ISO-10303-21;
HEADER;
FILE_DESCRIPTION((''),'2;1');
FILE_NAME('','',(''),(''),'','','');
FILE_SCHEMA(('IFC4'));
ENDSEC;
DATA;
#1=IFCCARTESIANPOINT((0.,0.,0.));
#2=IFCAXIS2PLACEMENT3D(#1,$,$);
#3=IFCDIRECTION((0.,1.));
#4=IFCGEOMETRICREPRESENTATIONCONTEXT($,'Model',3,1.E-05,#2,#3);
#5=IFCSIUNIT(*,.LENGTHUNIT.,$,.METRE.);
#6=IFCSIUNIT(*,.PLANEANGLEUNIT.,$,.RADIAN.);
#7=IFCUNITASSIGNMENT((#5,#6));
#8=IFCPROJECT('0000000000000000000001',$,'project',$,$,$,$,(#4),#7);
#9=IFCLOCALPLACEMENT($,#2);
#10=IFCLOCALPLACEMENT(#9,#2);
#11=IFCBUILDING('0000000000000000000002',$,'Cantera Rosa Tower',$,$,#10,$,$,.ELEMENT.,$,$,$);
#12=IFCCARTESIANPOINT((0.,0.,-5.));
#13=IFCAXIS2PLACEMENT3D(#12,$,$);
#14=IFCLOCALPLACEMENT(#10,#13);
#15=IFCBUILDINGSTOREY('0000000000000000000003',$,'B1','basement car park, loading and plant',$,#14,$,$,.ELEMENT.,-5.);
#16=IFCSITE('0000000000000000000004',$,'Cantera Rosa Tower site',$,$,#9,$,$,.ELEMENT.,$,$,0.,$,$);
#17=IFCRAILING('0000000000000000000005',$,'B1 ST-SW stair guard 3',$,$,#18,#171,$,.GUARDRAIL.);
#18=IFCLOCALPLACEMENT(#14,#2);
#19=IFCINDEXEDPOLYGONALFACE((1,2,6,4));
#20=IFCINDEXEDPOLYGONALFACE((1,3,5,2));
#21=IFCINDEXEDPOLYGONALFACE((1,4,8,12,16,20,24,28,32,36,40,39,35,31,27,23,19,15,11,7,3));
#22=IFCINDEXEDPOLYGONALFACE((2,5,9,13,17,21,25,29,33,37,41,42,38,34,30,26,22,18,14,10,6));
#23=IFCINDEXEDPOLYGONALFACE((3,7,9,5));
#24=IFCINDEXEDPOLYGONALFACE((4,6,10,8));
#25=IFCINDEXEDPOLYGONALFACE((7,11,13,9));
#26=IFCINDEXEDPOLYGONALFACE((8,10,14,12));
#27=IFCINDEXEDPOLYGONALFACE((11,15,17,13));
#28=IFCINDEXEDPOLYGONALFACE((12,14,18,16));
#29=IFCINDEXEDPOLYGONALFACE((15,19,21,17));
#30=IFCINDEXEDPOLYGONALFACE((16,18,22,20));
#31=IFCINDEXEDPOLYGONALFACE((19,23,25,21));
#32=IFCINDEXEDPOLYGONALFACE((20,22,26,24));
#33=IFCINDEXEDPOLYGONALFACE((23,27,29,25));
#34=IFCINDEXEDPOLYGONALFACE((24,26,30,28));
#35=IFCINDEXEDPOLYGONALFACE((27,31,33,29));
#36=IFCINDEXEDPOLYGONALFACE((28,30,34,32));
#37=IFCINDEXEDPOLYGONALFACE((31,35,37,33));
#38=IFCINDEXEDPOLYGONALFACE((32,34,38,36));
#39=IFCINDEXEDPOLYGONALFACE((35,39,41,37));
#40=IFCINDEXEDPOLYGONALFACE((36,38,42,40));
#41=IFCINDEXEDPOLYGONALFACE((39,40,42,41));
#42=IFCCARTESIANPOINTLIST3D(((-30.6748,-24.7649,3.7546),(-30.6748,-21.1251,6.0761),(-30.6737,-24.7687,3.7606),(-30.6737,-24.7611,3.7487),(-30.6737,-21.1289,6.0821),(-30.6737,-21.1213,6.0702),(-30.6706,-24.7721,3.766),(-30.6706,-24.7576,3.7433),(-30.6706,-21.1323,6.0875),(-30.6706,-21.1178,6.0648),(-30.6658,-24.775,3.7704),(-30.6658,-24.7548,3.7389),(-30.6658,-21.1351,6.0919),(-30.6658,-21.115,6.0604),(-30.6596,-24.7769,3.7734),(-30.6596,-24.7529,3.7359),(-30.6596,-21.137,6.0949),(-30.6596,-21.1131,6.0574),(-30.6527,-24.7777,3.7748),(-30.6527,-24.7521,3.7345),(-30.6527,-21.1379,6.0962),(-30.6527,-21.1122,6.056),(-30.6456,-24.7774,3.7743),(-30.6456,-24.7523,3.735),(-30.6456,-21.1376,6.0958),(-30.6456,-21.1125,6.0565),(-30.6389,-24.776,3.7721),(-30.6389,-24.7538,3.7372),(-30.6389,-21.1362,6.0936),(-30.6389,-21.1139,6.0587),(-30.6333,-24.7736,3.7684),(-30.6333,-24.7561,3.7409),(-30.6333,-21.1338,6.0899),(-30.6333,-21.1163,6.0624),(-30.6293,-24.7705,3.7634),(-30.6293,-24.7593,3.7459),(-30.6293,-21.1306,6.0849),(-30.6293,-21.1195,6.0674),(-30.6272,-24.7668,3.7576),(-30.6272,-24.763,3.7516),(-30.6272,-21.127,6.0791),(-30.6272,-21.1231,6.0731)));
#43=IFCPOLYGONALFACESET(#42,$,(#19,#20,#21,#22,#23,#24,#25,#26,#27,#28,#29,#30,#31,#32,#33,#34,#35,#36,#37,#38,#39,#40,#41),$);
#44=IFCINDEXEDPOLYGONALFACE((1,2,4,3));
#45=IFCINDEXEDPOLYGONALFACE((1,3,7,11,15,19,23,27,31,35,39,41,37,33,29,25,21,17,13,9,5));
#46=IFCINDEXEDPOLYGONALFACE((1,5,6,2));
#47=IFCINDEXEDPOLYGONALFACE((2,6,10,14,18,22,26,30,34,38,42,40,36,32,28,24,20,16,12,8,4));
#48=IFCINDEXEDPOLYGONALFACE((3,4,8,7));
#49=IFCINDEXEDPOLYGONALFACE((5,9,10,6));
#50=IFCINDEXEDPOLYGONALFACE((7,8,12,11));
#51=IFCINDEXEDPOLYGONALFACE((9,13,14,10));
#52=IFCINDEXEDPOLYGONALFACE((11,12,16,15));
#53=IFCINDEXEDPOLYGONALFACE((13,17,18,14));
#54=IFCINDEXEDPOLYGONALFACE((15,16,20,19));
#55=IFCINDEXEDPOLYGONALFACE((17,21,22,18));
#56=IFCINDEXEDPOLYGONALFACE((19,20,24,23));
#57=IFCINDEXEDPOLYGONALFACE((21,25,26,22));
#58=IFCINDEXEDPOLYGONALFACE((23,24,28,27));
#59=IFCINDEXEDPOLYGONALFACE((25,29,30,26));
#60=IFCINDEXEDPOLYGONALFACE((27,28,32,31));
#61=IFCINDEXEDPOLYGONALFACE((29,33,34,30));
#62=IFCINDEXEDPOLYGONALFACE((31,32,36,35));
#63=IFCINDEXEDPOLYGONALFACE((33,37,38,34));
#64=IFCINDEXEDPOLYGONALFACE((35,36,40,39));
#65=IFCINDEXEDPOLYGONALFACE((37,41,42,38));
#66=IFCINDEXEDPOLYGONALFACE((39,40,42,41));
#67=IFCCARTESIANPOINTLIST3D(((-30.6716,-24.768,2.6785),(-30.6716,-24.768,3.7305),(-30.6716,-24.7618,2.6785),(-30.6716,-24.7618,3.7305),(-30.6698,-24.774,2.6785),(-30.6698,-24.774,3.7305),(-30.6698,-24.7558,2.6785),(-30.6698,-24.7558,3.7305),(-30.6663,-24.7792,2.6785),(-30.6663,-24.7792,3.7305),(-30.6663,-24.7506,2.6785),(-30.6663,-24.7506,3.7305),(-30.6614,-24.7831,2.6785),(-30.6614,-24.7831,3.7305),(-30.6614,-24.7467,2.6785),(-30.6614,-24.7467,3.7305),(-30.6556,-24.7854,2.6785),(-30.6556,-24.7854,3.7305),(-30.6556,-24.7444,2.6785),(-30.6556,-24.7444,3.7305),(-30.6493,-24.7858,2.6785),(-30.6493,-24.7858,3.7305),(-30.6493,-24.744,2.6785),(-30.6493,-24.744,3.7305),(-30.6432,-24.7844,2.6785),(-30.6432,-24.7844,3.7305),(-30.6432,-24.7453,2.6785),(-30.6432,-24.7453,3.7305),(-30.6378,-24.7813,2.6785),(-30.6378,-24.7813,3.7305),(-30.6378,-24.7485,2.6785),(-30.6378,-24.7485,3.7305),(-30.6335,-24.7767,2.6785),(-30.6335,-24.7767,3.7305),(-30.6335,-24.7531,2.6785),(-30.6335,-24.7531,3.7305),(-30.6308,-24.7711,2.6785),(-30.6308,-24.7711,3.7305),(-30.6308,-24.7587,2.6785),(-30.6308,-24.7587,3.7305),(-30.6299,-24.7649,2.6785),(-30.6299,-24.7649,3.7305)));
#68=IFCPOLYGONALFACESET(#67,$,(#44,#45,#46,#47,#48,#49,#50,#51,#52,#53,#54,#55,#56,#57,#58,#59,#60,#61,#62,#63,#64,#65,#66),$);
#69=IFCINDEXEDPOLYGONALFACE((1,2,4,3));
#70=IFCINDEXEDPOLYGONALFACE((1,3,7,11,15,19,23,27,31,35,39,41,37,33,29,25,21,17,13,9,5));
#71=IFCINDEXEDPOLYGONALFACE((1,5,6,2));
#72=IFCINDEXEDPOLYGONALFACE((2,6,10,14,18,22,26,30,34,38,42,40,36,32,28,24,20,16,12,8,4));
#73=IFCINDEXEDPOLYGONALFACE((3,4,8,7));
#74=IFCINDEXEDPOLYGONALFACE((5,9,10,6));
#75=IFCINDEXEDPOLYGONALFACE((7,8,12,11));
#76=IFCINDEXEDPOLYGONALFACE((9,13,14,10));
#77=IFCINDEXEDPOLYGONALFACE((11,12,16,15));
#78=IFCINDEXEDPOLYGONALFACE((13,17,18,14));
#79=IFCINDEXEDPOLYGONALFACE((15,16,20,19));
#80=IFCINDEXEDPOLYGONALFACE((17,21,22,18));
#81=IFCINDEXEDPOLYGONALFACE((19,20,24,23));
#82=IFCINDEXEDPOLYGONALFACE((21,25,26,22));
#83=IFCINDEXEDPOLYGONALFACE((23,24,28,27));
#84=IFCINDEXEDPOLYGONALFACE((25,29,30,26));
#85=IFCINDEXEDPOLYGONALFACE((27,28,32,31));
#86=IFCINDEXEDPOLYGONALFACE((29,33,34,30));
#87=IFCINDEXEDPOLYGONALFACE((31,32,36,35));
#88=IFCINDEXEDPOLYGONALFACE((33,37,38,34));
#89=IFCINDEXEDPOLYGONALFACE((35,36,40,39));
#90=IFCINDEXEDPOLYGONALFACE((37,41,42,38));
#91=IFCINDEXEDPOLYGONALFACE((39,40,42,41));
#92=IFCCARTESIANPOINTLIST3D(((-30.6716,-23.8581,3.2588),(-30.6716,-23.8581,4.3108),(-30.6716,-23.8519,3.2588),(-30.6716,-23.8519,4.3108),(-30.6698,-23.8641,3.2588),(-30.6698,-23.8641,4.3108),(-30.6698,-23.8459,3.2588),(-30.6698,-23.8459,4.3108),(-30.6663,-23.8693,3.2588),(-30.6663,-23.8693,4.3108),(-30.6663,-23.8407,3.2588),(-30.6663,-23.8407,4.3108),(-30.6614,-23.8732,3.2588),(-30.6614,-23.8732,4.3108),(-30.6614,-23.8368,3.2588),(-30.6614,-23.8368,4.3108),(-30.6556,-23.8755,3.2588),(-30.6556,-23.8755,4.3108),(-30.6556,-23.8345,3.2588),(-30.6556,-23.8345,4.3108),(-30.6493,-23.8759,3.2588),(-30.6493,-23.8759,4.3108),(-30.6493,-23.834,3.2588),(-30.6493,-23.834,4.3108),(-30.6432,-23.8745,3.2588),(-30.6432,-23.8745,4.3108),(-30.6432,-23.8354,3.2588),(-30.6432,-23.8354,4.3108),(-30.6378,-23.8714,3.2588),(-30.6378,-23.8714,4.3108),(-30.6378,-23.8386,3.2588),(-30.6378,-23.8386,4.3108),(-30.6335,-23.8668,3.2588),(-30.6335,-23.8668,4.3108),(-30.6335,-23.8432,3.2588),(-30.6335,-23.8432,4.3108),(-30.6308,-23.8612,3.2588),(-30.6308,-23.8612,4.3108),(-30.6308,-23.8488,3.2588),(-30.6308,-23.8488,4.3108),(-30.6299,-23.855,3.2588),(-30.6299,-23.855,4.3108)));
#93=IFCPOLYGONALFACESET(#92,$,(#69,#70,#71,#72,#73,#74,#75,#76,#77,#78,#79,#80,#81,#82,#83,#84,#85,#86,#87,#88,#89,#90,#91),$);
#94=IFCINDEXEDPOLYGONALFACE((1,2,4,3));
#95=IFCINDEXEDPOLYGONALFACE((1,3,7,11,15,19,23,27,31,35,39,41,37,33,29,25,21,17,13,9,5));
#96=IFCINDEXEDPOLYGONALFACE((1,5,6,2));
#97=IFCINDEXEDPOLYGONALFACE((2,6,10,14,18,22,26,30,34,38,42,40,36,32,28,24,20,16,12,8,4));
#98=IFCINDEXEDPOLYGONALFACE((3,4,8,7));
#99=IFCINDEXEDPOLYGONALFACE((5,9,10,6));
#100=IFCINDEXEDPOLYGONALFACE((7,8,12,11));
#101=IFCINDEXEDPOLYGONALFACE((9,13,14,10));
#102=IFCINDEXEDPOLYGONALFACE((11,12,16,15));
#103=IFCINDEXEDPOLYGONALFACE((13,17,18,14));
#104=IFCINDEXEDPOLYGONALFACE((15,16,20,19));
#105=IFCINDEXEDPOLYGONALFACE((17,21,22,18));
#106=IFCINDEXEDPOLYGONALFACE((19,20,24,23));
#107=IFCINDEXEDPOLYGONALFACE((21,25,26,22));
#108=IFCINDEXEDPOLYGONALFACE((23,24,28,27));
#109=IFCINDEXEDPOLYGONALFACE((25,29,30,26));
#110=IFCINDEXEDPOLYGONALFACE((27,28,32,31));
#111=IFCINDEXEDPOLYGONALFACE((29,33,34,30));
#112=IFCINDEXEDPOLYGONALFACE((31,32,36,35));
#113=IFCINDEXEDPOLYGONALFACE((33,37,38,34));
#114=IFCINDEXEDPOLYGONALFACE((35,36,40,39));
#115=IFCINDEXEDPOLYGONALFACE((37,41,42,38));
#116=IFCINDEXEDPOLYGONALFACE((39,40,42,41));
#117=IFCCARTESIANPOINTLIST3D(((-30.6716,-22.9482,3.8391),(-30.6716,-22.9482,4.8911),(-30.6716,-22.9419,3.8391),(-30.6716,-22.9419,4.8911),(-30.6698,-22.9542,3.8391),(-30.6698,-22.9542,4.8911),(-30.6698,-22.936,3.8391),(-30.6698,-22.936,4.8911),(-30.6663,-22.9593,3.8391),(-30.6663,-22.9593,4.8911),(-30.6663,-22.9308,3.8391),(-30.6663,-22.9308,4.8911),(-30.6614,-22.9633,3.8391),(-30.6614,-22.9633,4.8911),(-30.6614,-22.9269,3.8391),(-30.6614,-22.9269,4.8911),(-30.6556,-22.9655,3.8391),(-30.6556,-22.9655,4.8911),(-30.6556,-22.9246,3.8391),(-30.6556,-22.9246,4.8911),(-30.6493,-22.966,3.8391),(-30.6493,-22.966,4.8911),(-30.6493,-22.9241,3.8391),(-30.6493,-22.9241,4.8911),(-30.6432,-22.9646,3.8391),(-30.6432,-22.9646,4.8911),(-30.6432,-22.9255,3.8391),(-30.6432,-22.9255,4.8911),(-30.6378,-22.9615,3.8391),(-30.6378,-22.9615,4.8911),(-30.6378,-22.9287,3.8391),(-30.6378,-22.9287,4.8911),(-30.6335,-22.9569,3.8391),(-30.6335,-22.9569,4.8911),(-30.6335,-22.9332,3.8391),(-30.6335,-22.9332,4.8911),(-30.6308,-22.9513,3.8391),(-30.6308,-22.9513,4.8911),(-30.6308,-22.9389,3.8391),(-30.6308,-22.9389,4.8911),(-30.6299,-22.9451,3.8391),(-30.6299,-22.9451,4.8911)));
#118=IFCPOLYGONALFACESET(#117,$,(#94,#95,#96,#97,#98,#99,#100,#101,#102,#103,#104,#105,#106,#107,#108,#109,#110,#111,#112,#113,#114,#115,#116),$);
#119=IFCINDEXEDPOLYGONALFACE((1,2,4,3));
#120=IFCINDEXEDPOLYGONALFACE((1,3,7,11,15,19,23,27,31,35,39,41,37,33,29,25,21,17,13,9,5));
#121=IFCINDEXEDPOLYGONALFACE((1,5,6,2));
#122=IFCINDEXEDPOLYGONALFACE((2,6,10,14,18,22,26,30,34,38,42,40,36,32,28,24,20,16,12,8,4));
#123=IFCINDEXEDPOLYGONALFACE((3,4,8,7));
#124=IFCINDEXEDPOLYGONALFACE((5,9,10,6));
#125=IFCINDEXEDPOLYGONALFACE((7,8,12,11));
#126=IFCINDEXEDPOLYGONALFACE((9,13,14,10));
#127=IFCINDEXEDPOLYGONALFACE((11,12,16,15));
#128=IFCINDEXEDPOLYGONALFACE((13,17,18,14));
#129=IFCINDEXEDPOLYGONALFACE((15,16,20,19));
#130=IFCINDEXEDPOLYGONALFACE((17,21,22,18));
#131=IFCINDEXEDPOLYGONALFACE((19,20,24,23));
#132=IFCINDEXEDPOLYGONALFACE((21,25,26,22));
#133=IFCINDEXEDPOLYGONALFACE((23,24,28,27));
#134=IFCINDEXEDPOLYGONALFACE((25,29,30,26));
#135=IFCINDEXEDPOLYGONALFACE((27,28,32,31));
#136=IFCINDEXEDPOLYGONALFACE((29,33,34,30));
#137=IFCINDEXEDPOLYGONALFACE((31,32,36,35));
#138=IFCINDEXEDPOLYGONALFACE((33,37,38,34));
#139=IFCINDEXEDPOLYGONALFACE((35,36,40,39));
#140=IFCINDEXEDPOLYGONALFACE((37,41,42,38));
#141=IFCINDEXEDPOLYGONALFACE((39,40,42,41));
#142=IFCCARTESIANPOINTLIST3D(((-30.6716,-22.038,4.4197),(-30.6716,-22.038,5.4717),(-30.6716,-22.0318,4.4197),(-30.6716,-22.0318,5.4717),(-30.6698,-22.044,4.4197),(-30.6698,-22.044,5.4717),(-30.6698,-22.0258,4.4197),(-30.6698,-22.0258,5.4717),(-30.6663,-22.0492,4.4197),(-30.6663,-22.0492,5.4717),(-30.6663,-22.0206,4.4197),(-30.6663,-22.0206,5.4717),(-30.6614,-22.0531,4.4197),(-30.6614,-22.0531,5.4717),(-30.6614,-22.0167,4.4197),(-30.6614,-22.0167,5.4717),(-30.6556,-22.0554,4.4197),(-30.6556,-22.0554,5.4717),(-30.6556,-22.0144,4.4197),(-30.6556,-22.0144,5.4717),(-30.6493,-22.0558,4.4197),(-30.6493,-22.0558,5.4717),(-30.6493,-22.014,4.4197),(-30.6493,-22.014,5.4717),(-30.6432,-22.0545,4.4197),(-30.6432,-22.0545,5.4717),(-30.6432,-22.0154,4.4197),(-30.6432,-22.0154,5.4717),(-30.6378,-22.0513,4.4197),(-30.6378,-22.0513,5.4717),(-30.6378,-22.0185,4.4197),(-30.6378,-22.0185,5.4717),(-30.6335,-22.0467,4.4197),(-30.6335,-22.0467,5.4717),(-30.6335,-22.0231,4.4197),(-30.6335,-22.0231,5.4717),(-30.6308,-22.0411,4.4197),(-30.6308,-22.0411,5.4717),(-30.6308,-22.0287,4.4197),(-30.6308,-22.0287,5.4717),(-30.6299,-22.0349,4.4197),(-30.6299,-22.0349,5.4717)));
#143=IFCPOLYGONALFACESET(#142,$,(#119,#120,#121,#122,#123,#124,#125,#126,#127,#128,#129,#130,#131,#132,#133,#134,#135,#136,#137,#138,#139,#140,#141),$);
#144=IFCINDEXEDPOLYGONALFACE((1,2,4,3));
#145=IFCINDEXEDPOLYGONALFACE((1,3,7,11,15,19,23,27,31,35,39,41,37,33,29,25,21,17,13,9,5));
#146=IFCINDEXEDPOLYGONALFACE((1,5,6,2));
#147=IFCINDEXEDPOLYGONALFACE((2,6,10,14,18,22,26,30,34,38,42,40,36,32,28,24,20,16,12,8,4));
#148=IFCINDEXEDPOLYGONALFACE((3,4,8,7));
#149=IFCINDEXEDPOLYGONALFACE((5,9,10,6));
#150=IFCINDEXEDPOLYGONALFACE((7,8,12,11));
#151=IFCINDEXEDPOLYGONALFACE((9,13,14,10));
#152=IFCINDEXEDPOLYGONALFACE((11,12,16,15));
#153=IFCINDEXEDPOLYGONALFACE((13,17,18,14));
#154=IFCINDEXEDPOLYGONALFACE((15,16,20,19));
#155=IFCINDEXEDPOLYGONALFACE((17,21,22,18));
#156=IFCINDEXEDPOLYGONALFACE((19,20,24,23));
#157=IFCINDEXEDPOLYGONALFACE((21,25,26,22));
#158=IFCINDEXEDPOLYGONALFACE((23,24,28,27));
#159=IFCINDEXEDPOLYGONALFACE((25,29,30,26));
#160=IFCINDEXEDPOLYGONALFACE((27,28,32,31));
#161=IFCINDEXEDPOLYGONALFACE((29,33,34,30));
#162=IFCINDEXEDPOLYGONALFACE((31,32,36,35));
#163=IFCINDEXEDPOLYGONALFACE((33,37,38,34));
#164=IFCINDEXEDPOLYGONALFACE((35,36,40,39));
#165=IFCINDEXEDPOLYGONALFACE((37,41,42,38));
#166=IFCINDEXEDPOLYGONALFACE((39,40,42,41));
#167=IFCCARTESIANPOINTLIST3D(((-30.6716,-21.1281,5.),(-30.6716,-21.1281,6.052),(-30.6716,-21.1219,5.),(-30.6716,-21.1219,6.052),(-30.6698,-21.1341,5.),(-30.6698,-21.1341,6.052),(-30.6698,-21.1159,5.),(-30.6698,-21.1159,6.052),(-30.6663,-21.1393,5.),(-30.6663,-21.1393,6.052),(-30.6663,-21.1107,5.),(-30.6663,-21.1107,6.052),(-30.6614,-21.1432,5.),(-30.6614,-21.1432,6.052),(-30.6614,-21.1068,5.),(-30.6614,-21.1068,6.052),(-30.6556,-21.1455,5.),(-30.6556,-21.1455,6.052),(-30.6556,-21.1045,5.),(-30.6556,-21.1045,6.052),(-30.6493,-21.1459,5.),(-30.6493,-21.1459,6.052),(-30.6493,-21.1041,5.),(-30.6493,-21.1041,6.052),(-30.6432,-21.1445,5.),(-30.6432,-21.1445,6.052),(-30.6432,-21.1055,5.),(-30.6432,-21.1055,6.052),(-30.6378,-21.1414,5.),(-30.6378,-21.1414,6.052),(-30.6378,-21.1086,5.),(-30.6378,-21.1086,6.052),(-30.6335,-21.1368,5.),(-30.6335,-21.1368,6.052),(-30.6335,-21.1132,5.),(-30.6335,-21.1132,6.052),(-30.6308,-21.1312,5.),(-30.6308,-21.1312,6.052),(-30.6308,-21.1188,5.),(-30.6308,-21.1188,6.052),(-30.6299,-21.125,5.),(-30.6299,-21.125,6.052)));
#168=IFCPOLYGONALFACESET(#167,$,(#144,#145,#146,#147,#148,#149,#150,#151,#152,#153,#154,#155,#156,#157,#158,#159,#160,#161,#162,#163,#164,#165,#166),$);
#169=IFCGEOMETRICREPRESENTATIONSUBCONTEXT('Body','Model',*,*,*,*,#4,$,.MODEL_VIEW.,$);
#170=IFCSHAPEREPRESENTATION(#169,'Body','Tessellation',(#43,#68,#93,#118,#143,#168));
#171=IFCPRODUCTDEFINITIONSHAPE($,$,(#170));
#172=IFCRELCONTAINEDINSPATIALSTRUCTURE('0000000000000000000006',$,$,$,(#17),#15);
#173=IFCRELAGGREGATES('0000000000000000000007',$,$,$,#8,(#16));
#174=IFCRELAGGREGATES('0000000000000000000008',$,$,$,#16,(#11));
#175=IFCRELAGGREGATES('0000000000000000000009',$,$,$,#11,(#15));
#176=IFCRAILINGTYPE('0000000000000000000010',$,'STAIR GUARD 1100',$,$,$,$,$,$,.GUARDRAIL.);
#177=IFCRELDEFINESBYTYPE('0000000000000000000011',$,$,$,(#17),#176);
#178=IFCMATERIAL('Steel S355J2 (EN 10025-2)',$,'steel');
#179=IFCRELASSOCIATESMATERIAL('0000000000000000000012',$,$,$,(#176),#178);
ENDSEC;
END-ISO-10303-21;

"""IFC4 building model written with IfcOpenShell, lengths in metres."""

from ifc_helpers import new_model, si_unit, direction, frame, origin, origin_2d, place, context, subcontext, project, spatial, circle, extrude, material, type_object, element, save


model = new_model("IFC4")

# Units and contexts
model_context = context("Model", 3, precision=1e-05, world=origin(), true_north=direction((0.0, 1.0)))
body_context = subcontext(model_context, "Body", "Model", "MODEL_VIEW")
ifc_project = project(units=[si_unit("LENGTHUNIT", "METRE"), si_unit("PLANEANGLEUNIT", "RADIAN")], contexts=[model_context])

# Site, building, storey
site_placement = place(None, origin())
site = spatial("IfcSite", under=ifc_project, at=site_placement, Name="Cantera Rosa Tower site", CompositionType="ELEMENT", RefElevation=0.0)
building_placement = place(site_placement, origin())
building = spatial("IfcBuilding", under=site, at=building_placement, Name="Cantera Rosa Tower", CompositionType="ELEMENT")
storey_placement = place(building_placement, frame((0.0, 0.0, -5.0)))
storey = spatial("IfcBuildingStorey", under=building, at=storey_placement, Name="B1", Description="basement car park, loading and plant", CompositionType="ELEMENT", Elevation=-5.0)

# Railing
ifc_material_1 = material(Name="Steel S355J2 (EN 10025-2)", Category="steel")
railing_type = type_object("IfcRailingType", Name="STAIR GUARD 1100", PredefinedType="GUARDRAIL", material=ifc_material_1)
railing_1_placement = place(storey_placement, frame((-30.6509, -24.7649, 2.6785)))
element("IfcRailing", 1, at=railing_1_placement, inside=storey, type_object=railing_type, Name="B1 ST-SW stair guard 3", PredefinedType="GUARDRAIL", context=body_context, shape_type="SweptSolid", body=[
    extrude(circle(Radius=0.0239, at=origin_2d()), frame((0.0, 0.0, 1.0762), z_axis=(0.0, 0.843112, 0.537739), x_axis=(-1.0, 0.0, 0.0)), (0.0, 0.0, 1.0), 4.3171),
    extrude(circle(Radius=0.021, at=origin_2d()), origin(), (0.0, 0.0, 1.0), 1.052),
    extrude(circle(Radius=0.021, at=origin_2d()), frame((0.0, 0.9099, 0.5803)), (0.0, 0.0, 1.0), 1.052),
    extrude(circle(Radius=0.021, at=origin_2d()), frame((0.0, 1.8198, 1.1606)), (0.0, 0.0, 1.0), 1.052),
    extrude(circle(Radius=0.021, at=origin_2d()), frame((0.0, 2.73, 1.7412)), (0.0, 0.0, 1.0), 1.052),
    extrude(circle(Radius=0.021, at=origin_2d()), frame((0.0, 3.6399, 2.3215)), (0.0, 0.0, 1.0), 1.052),
])

save(model, "model.ifc")
